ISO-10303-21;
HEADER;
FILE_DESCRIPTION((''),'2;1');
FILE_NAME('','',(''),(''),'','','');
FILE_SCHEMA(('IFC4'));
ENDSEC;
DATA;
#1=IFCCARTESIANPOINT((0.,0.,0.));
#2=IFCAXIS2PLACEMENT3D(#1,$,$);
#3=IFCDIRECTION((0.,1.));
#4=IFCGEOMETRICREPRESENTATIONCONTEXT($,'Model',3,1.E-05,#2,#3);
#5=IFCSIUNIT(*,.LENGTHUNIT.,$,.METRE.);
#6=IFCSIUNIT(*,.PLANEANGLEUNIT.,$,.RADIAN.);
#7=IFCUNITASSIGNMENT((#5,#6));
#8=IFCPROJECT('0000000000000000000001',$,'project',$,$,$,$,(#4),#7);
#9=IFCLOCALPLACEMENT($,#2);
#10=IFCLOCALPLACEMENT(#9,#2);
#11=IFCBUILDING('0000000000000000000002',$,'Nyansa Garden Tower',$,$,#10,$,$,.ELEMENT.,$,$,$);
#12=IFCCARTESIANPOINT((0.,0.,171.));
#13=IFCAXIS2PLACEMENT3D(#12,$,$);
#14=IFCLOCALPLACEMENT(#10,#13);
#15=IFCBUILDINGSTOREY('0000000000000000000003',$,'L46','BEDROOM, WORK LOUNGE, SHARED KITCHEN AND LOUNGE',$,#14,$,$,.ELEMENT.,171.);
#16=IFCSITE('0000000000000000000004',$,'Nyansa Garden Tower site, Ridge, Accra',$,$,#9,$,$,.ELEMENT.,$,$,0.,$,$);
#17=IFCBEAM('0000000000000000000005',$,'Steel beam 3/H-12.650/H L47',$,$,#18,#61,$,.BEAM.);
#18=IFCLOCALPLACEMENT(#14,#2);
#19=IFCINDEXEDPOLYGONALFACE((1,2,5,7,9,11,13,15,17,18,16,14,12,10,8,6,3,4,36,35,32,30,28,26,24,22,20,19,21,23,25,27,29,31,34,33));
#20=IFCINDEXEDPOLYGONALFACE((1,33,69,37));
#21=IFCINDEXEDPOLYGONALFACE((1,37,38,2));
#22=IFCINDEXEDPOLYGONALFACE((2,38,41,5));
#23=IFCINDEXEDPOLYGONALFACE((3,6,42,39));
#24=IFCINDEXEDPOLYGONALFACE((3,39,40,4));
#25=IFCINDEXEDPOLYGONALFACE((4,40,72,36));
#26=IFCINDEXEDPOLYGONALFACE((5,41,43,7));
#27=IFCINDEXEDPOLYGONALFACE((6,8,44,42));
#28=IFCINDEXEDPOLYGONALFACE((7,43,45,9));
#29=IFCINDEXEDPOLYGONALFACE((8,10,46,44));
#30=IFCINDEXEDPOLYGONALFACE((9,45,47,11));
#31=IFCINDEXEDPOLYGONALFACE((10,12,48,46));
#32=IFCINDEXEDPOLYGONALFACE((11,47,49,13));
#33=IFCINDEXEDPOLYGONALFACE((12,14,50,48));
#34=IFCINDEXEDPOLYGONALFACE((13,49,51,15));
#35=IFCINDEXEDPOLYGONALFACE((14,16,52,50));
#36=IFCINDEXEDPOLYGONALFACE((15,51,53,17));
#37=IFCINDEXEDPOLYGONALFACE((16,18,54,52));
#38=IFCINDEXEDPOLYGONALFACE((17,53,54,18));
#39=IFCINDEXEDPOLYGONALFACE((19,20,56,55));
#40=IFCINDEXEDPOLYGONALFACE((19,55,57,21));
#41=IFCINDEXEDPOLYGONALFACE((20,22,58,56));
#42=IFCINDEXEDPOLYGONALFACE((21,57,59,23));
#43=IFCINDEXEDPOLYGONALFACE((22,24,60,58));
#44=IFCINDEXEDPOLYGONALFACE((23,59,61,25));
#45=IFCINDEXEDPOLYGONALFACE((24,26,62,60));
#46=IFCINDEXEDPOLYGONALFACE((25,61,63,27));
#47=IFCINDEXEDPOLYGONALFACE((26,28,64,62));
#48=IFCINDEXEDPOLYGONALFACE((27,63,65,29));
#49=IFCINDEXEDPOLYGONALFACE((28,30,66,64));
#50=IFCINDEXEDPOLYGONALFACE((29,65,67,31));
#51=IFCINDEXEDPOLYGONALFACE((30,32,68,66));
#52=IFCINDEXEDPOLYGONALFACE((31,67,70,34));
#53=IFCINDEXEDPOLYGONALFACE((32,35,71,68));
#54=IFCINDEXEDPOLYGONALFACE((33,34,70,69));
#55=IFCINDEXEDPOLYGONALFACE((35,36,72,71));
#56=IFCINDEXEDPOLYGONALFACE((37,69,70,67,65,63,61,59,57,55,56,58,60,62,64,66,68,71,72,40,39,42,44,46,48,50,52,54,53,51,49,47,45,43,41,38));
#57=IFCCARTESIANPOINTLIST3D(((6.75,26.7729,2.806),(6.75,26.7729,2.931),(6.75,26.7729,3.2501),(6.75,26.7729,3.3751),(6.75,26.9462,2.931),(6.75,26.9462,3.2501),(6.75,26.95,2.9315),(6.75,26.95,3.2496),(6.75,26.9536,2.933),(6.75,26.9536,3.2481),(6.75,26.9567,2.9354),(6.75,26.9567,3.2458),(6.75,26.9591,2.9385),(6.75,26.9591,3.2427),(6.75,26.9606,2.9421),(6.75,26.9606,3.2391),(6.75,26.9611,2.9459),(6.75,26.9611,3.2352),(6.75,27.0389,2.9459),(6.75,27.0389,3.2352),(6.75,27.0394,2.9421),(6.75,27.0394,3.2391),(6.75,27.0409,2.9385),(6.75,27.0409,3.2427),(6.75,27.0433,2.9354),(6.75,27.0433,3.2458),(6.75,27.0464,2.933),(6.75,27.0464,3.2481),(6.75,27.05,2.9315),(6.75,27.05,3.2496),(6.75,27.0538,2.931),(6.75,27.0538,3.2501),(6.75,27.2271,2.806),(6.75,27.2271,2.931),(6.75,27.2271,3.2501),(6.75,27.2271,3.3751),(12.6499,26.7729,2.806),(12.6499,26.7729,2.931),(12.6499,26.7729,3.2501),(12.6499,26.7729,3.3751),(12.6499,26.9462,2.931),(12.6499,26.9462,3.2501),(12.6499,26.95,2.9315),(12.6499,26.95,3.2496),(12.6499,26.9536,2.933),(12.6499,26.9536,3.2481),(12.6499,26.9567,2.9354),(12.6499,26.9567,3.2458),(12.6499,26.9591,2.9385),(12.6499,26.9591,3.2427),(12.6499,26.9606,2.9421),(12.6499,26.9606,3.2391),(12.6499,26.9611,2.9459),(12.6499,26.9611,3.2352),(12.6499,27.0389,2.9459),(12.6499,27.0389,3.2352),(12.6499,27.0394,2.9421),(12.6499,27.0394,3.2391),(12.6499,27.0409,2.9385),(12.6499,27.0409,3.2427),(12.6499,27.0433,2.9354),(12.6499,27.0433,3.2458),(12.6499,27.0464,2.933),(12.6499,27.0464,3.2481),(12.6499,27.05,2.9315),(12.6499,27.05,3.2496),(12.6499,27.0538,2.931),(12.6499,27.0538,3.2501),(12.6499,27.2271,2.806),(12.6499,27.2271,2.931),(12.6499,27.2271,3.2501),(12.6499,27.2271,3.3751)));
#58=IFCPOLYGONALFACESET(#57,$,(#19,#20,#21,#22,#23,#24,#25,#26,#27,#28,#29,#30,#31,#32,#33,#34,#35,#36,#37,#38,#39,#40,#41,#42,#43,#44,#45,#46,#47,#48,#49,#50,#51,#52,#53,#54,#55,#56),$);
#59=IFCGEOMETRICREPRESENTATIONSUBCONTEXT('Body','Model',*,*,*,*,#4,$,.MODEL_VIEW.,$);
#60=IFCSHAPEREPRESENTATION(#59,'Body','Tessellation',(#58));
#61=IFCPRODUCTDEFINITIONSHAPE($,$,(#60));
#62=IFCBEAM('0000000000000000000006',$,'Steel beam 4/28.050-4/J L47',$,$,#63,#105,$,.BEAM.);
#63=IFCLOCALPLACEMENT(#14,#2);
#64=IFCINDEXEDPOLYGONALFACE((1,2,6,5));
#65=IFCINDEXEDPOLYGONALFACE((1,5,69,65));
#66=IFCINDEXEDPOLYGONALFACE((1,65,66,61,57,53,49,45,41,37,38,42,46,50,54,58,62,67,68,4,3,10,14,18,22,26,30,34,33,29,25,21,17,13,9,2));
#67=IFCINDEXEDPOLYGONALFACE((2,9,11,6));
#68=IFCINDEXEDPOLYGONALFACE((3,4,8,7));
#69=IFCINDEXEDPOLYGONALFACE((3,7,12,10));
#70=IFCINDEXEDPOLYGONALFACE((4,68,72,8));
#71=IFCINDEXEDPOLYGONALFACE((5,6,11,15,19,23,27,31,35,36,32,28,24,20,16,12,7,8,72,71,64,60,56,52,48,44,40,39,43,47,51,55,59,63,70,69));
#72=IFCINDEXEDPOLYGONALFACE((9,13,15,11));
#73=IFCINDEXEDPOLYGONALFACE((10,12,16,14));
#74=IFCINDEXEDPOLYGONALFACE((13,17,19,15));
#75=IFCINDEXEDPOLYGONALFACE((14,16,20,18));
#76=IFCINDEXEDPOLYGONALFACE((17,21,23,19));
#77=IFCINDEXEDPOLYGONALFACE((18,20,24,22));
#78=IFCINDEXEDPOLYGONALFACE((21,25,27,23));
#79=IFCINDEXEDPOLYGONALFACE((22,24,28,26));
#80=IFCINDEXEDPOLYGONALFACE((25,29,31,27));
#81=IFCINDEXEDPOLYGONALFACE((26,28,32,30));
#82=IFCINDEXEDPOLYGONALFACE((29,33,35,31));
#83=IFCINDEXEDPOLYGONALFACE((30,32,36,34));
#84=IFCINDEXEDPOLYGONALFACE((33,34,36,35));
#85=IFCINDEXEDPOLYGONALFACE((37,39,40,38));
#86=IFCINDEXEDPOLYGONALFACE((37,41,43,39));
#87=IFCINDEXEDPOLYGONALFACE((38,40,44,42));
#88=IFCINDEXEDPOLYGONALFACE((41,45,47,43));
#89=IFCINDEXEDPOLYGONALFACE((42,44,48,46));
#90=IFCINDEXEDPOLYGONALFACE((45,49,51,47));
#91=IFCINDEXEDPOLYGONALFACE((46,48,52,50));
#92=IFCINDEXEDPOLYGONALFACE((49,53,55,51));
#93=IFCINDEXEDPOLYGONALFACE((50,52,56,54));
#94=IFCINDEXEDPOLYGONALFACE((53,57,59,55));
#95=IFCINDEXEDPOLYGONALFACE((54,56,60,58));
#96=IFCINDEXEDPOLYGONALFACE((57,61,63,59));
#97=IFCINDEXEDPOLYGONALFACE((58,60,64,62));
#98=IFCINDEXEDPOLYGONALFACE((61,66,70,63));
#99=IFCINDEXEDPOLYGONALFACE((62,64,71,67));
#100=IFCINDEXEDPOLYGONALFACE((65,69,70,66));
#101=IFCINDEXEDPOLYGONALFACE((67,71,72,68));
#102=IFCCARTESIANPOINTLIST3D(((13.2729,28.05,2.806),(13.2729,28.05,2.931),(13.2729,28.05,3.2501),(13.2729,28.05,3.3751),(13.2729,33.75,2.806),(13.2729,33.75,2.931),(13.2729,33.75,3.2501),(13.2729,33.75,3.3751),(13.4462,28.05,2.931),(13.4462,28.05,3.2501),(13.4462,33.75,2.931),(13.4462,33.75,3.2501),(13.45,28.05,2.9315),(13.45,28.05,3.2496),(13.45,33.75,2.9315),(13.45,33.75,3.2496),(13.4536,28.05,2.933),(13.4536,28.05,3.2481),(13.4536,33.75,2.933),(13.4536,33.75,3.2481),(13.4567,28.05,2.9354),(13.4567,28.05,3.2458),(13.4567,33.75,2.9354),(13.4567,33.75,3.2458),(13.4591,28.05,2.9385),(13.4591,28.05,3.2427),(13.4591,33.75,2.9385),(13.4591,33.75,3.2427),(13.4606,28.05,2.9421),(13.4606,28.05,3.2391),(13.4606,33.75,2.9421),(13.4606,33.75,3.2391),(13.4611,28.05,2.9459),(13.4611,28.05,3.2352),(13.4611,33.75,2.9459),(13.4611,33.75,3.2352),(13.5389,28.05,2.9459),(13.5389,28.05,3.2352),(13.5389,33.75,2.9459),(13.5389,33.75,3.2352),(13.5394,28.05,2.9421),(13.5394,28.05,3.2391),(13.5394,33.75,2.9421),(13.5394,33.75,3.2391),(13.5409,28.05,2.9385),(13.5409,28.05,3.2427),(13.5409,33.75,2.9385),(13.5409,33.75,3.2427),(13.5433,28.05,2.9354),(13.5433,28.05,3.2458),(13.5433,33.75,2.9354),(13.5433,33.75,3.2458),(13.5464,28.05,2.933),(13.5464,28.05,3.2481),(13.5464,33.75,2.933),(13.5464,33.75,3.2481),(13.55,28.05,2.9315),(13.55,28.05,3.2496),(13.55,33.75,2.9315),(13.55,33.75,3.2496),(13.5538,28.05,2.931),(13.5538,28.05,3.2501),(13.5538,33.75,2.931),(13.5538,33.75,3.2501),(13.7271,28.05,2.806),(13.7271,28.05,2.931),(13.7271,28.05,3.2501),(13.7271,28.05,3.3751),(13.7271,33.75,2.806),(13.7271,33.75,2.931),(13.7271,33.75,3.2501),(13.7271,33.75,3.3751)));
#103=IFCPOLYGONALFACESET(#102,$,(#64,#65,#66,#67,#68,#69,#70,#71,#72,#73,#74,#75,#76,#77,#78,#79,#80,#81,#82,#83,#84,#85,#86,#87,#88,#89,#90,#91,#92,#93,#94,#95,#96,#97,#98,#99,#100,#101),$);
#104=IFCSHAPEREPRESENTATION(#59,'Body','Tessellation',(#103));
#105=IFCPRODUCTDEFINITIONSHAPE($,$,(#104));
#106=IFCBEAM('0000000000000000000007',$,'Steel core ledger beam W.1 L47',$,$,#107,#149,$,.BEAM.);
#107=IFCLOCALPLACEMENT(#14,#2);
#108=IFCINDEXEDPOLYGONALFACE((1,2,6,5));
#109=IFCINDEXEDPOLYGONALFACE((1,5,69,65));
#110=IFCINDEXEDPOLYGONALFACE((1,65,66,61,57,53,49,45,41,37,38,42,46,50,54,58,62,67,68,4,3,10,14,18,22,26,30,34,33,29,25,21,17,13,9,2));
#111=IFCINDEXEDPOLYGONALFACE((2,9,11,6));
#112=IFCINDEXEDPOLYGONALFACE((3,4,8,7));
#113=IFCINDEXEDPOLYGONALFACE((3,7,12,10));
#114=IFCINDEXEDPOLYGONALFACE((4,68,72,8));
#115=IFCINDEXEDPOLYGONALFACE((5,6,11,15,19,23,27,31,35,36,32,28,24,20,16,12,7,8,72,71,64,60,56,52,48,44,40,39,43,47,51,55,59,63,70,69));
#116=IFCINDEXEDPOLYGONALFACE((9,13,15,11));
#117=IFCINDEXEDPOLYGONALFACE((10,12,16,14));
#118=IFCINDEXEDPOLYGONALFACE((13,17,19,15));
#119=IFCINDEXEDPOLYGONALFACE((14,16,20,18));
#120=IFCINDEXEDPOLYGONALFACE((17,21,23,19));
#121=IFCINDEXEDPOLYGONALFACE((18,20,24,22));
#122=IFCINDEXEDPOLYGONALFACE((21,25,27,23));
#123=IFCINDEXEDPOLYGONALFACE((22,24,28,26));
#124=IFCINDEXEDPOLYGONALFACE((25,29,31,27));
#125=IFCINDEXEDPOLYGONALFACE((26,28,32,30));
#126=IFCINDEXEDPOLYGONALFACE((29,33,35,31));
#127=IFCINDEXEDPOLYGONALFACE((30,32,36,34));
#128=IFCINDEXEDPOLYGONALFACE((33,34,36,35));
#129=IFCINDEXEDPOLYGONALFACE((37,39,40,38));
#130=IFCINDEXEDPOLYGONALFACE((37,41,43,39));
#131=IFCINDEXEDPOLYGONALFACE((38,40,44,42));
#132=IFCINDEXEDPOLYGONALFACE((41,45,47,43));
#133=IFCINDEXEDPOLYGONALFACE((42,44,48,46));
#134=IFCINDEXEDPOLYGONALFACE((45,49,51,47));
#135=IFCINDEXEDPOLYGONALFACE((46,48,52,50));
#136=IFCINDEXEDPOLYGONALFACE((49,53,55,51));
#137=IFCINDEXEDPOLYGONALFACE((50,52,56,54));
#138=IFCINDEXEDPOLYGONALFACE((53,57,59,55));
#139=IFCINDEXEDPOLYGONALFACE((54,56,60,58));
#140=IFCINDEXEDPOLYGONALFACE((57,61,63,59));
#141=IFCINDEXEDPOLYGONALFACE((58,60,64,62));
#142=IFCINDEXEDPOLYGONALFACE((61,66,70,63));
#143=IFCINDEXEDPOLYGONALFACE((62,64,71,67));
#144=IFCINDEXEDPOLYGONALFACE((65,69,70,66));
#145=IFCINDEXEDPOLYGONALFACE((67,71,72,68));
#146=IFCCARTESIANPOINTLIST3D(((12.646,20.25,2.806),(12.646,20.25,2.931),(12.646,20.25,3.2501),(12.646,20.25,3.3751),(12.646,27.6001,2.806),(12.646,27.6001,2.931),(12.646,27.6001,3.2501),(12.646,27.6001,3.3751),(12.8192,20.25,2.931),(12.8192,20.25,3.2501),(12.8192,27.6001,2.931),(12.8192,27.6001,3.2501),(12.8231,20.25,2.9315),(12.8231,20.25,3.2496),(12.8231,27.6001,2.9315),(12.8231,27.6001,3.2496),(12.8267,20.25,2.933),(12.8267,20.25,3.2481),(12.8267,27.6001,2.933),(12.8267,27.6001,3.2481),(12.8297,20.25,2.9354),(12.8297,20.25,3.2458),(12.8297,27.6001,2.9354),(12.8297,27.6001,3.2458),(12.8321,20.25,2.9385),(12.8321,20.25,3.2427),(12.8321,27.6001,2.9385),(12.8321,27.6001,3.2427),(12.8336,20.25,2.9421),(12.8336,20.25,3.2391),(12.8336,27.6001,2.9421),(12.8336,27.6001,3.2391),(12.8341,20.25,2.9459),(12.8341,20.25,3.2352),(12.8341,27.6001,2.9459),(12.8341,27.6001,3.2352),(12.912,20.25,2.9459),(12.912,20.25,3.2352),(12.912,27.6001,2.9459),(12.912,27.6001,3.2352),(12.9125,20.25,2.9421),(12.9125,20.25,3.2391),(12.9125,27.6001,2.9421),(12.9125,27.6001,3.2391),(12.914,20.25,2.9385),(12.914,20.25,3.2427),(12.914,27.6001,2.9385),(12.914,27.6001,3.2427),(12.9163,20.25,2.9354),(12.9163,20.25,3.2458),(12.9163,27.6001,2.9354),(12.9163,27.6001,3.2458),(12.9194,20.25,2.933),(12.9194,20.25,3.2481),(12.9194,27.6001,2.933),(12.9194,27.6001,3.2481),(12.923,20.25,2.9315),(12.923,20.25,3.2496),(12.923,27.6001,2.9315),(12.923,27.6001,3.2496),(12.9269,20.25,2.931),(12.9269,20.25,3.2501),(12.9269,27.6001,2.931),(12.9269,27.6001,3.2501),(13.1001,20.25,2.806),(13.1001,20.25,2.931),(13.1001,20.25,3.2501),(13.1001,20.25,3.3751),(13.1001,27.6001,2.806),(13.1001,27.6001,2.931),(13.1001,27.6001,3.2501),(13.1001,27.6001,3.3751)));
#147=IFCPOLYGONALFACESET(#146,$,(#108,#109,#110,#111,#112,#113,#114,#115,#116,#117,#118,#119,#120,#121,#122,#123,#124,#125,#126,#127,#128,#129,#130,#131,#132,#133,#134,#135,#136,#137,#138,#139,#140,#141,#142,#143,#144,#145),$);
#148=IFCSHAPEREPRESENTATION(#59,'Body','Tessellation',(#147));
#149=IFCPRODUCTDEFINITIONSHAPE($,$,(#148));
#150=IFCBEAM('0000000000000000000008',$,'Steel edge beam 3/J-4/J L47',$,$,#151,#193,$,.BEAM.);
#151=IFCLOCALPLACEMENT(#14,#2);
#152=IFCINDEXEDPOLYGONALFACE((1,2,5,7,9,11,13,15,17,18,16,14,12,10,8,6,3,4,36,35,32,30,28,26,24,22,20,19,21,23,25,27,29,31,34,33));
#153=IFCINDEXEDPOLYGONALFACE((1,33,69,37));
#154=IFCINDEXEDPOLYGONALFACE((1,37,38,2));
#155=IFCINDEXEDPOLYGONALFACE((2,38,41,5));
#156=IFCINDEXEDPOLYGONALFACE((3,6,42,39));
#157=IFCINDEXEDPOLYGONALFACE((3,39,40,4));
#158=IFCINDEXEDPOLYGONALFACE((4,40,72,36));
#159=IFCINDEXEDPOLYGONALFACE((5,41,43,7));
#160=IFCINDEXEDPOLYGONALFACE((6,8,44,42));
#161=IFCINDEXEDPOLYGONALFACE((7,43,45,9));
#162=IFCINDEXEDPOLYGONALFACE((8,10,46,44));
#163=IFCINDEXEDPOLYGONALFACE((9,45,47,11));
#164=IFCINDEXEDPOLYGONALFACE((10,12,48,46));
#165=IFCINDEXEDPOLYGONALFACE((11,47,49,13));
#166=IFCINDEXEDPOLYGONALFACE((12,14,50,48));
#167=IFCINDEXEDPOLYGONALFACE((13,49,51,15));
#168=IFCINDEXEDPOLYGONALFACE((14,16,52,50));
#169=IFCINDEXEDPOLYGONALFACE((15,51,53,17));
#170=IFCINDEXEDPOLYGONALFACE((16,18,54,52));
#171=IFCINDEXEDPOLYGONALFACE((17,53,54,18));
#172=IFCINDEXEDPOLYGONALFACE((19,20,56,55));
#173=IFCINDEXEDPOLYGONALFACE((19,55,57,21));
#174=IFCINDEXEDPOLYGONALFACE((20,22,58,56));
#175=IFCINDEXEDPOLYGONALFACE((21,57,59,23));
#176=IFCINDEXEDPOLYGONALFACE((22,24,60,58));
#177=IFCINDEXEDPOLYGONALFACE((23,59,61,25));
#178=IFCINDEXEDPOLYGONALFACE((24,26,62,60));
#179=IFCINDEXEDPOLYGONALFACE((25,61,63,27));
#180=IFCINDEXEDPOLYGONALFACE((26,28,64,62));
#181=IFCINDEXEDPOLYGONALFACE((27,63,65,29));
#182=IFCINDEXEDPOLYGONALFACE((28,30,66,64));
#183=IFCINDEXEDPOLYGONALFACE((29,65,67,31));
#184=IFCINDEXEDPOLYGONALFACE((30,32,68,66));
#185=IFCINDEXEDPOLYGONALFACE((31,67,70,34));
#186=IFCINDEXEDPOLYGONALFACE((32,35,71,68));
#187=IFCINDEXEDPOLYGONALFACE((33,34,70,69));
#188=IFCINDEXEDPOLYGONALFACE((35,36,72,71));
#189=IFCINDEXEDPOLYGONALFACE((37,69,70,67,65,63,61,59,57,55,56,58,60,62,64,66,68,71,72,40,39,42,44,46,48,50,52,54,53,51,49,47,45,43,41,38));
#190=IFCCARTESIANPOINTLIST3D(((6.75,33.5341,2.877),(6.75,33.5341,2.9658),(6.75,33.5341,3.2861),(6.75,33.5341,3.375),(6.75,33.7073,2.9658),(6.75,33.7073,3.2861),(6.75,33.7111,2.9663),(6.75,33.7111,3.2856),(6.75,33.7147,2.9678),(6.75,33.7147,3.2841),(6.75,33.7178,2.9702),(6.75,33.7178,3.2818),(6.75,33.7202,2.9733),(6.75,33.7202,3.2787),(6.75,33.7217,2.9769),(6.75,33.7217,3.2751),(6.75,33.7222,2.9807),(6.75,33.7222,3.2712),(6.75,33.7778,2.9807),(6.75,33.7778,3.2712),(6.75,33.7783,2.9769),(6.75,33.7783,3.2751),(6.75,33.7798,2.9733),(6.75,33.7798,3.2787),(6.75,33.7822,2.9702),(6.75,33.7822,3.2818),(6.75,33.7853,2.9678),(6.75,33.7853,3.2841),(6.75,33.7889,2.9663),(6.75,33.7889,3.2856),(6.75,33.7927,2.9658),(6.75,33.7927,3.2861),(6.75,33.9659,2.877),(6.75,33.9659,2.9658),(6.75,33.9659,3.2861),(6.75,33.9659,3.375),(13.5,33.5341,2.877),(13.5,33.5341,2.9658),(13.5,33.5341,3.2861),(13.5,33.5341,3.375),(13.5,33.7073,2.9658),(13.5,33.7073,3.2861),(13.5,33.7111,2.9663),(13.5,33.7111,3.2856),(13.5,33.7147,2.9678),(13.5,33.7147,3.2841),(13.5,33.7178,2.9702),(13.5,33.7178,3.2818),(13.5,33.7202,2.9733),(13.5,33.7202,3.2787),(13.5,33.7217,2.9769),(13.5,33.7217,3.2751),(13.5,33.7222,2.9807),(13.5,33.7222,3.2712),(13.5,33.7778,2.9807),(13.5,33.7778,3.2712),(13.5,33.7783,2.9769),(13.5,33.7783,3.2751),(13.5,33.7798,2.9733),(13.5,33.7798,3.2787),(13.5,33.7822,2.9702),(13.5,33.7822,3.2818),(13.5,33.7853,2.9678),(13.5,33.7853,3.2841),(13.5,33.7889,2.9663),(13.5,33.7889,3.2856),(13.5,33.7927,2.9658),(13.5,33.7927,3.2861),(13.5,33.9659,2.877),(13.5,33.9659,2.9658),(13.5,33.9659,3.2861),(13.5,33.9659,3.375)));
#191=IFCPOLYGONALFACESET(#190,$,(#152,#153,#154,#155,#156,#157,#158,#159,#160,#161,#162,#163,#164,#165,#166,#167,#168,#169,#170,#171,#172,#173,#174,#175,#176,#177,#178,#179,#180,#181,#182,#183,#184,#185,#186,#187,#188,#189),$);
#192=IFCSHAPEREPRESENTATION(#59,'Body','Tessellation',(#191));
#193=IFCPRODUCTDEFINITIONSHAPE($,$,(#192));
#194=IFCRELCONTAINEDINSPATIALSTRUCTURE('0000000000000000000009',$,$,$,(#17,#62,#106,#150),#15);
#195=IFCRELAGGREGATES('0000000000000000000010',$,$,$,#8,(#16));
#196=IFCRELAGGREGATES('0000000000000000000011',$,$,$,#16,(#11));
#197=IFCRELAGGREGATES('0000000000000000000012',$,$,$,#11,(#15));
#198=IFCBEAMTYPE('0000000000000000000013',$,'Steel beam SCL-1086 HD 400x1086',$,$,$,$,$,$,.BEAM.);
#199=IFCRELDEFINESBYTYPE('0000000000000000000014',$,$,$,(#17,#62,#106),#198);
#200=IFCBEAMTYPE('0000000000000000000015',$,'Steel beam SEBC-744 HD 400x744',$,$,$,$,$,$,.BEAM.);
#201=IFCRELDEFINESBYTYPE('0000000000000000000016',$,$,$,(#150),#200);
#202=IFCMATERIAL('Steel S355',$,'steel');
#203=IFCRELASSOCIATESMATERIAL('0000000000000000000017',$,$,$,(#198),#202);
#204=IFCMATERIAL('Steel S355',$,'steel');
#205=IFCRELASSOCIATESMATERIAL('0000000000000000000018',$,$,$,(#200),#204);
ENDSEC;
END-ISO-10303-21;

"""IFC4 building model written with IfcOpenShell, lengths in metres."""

from ifc_helpers import new_model, si_unit, direction, frame, origin, origin_2d, place, context, subcontext, project, spatial, i_section, extrude, material, material_profile, profile_set, type_object, element, save


model = new_model("IFC4")

# Units and contexts
model_context = context("Model", 3, precision=1e-05, world=origin(), true_north=direction((0.0, 1.0)))
body_context = subcontext(model_context, "Body", "Model", "MODEL_VIEW")
ifc_project = project(units=[si_unit("LENGTHUNIT", "METRE"), si_unit("PLANEANGLEUNIT", "RADIAN")], contexts=[model_context])

# Site, building, storey
site_placement = place(None, origin())
site = spatial("IfcSite", under=ifc_project, at=site_placement, Name="Nyansa Garden Tower site, Ridge, Accra", CompositionType="ELEMENT", RefElevation=0.0)
building_placement = place(site_placement, origin())
building = spatial("IfcBuilding", under=site, at=building_placement, Name="Nyansa Garden Tower", CompositionType="ELEMENT")
storey_placement = place(building_placement, frame((0.0, 0.0, 171.0)))
storey = spatial("IfcBuildingStorey", under=building, at=storey_placement, Name="L46", Description="BEDROOM, WORK LOUNGE, SHARED KITCHEN AND LOUNGE", CompositionType="ELEMENT", Elevation=171.0)

# Beams
ifc_material_1 = material(Name="Steel S355", Category="steel")
ifc_material_profile_1 = material_profile(ifc_material_1, i_section(OverallWidth=0.4541, OverallDepth=0.5691, WebThickness=0.0779, FlangeThickness=0.125, FilletRadius=0.0149, at=origin_2d()), Name="HD 400x1086")
ifc_profile_set_1 = profile_set([ifc_material_profile_1], Name="Steel S355")
beam_type_1 = type_object("IfcBeamType", Name="Steel beam SCL-1086 HD 400x1086", PredefinedType="BEAM", material=ifc_profile_set_1)
beam_1_placement = place(storey_placement, frame((6.75, 27.0, 3.0906), z_axis=(1.0, 0.0, 0.0), x_axis=(0.0, 1.0, 0.0)))
element("IfcBeam", 1, at=beam_1_placement, inside=storey, type_object=beam_type_1, Name="Steel beam 3/H-12.650/H L47", PredefinedType="BEAM", context=body_context, shape_type="SweptSolid", body=[
    extrude(i_section(OverallWidth=0.4541, OverallDepth=0.5691, WebThickness=0.0779, FlangeThickness=0.125, FilletRadius=0.0149, at=origin_2d()), origin(), (0.0, 0.0, 1.0), 5.8999),
])
beam_2_placement = place(storey_placement, frame((13.5, 28.05, 3.0906), z_axis=(0.0, 1.0, 0.0), x_axis=(-1.0, 0.0, 0.0)))
element("IfcBeam", 2, at=beam_2_placement, inside=storey, type_object=beam_type_1, Name="Steel beam 4/28.050-4/J L47", PredefinedType="BEAM", context=body_context, shape_type="SweptSolid", body=[
    extrude(i_section(OverallWidth=0.4541, OverallDepth=0.5691, WebThickness=0.0779, FlangeThickness=0.125, FilletRadius=0.0149, at=origin_2d()), origin(), (0.0, 0.0, 1.0), 5.7),
])
beam_3_placement = place(storey_placement, frame((12.873, 27.6001, 3.0906), z_axis=(0.0, -1.0, 0.0), x_axis=(1.0, 0.0, 0.0)))
element("IfcBeam", 3, at=beam_3_placement, inside=storey, type_object=beam_type_1, Name="Steel core ledger beam W.1 L47", PredefinedType="BEAM", context=body_context, shape_type="SweptSolid", body=[
    extrude(i_section(OverallWidth=0.4541, OverallDepth=0.5691, WebThickness=0.0779, FlangeThickness=0.125, FilletRadius=0.0149, at=origin_2d()), origin(), (0.0, 0.0, 1.0), 7.3501),
])
ifc_material_2 = material(Name="Steel S355", Category="steel")
ifc_material_profile_2 = material_profile(ifc_material_2, i_section(OverallWidth=0.4319, OverallDepth=0.498, WebThickness=0.0557, FlangeThickness=0.0889, FilletRadius=0.0149, at=origin_2d()), Name="HD 400x744")
ifc_profile_set_2 = profile_set([ifc_material_profile_2], Name="Steel S355")
beam_type_2 = type_object("IfcBeamType", Name="Steel beam SEBC-744 HD 400x744", PredefinedType="BEAM", material=ifc_profile_set_2)
for number, where, z_axis, x_axis, name in (
    (4, (6.75, 33.75, 3.126), (1.0, 0.0, 0.0), (0.0, 1.0, 0.0), "Steel edge beam 3/J-4/J L47"),
):
    element("IfcBeam", number, at=place(storey_placement, frame(where, z_axis=z_axis, x_axis=x_axis)), inside=storey, type_object=beam_type_2, Name=name, PredefinedType="BEAM", context=body_context, shape_type="SweptSolid", body=[
        extrude(i_section(OverallWidth=0.4319, OverallDepth=0.498, WebThickness=0.0557, FlangeThickness=0.0889, FilletRadius=0.0149, at=origin_2d()), origin(), (0.0, 0.0, 1.0), 6.75),
    ])

save(model, "model.ifc")
